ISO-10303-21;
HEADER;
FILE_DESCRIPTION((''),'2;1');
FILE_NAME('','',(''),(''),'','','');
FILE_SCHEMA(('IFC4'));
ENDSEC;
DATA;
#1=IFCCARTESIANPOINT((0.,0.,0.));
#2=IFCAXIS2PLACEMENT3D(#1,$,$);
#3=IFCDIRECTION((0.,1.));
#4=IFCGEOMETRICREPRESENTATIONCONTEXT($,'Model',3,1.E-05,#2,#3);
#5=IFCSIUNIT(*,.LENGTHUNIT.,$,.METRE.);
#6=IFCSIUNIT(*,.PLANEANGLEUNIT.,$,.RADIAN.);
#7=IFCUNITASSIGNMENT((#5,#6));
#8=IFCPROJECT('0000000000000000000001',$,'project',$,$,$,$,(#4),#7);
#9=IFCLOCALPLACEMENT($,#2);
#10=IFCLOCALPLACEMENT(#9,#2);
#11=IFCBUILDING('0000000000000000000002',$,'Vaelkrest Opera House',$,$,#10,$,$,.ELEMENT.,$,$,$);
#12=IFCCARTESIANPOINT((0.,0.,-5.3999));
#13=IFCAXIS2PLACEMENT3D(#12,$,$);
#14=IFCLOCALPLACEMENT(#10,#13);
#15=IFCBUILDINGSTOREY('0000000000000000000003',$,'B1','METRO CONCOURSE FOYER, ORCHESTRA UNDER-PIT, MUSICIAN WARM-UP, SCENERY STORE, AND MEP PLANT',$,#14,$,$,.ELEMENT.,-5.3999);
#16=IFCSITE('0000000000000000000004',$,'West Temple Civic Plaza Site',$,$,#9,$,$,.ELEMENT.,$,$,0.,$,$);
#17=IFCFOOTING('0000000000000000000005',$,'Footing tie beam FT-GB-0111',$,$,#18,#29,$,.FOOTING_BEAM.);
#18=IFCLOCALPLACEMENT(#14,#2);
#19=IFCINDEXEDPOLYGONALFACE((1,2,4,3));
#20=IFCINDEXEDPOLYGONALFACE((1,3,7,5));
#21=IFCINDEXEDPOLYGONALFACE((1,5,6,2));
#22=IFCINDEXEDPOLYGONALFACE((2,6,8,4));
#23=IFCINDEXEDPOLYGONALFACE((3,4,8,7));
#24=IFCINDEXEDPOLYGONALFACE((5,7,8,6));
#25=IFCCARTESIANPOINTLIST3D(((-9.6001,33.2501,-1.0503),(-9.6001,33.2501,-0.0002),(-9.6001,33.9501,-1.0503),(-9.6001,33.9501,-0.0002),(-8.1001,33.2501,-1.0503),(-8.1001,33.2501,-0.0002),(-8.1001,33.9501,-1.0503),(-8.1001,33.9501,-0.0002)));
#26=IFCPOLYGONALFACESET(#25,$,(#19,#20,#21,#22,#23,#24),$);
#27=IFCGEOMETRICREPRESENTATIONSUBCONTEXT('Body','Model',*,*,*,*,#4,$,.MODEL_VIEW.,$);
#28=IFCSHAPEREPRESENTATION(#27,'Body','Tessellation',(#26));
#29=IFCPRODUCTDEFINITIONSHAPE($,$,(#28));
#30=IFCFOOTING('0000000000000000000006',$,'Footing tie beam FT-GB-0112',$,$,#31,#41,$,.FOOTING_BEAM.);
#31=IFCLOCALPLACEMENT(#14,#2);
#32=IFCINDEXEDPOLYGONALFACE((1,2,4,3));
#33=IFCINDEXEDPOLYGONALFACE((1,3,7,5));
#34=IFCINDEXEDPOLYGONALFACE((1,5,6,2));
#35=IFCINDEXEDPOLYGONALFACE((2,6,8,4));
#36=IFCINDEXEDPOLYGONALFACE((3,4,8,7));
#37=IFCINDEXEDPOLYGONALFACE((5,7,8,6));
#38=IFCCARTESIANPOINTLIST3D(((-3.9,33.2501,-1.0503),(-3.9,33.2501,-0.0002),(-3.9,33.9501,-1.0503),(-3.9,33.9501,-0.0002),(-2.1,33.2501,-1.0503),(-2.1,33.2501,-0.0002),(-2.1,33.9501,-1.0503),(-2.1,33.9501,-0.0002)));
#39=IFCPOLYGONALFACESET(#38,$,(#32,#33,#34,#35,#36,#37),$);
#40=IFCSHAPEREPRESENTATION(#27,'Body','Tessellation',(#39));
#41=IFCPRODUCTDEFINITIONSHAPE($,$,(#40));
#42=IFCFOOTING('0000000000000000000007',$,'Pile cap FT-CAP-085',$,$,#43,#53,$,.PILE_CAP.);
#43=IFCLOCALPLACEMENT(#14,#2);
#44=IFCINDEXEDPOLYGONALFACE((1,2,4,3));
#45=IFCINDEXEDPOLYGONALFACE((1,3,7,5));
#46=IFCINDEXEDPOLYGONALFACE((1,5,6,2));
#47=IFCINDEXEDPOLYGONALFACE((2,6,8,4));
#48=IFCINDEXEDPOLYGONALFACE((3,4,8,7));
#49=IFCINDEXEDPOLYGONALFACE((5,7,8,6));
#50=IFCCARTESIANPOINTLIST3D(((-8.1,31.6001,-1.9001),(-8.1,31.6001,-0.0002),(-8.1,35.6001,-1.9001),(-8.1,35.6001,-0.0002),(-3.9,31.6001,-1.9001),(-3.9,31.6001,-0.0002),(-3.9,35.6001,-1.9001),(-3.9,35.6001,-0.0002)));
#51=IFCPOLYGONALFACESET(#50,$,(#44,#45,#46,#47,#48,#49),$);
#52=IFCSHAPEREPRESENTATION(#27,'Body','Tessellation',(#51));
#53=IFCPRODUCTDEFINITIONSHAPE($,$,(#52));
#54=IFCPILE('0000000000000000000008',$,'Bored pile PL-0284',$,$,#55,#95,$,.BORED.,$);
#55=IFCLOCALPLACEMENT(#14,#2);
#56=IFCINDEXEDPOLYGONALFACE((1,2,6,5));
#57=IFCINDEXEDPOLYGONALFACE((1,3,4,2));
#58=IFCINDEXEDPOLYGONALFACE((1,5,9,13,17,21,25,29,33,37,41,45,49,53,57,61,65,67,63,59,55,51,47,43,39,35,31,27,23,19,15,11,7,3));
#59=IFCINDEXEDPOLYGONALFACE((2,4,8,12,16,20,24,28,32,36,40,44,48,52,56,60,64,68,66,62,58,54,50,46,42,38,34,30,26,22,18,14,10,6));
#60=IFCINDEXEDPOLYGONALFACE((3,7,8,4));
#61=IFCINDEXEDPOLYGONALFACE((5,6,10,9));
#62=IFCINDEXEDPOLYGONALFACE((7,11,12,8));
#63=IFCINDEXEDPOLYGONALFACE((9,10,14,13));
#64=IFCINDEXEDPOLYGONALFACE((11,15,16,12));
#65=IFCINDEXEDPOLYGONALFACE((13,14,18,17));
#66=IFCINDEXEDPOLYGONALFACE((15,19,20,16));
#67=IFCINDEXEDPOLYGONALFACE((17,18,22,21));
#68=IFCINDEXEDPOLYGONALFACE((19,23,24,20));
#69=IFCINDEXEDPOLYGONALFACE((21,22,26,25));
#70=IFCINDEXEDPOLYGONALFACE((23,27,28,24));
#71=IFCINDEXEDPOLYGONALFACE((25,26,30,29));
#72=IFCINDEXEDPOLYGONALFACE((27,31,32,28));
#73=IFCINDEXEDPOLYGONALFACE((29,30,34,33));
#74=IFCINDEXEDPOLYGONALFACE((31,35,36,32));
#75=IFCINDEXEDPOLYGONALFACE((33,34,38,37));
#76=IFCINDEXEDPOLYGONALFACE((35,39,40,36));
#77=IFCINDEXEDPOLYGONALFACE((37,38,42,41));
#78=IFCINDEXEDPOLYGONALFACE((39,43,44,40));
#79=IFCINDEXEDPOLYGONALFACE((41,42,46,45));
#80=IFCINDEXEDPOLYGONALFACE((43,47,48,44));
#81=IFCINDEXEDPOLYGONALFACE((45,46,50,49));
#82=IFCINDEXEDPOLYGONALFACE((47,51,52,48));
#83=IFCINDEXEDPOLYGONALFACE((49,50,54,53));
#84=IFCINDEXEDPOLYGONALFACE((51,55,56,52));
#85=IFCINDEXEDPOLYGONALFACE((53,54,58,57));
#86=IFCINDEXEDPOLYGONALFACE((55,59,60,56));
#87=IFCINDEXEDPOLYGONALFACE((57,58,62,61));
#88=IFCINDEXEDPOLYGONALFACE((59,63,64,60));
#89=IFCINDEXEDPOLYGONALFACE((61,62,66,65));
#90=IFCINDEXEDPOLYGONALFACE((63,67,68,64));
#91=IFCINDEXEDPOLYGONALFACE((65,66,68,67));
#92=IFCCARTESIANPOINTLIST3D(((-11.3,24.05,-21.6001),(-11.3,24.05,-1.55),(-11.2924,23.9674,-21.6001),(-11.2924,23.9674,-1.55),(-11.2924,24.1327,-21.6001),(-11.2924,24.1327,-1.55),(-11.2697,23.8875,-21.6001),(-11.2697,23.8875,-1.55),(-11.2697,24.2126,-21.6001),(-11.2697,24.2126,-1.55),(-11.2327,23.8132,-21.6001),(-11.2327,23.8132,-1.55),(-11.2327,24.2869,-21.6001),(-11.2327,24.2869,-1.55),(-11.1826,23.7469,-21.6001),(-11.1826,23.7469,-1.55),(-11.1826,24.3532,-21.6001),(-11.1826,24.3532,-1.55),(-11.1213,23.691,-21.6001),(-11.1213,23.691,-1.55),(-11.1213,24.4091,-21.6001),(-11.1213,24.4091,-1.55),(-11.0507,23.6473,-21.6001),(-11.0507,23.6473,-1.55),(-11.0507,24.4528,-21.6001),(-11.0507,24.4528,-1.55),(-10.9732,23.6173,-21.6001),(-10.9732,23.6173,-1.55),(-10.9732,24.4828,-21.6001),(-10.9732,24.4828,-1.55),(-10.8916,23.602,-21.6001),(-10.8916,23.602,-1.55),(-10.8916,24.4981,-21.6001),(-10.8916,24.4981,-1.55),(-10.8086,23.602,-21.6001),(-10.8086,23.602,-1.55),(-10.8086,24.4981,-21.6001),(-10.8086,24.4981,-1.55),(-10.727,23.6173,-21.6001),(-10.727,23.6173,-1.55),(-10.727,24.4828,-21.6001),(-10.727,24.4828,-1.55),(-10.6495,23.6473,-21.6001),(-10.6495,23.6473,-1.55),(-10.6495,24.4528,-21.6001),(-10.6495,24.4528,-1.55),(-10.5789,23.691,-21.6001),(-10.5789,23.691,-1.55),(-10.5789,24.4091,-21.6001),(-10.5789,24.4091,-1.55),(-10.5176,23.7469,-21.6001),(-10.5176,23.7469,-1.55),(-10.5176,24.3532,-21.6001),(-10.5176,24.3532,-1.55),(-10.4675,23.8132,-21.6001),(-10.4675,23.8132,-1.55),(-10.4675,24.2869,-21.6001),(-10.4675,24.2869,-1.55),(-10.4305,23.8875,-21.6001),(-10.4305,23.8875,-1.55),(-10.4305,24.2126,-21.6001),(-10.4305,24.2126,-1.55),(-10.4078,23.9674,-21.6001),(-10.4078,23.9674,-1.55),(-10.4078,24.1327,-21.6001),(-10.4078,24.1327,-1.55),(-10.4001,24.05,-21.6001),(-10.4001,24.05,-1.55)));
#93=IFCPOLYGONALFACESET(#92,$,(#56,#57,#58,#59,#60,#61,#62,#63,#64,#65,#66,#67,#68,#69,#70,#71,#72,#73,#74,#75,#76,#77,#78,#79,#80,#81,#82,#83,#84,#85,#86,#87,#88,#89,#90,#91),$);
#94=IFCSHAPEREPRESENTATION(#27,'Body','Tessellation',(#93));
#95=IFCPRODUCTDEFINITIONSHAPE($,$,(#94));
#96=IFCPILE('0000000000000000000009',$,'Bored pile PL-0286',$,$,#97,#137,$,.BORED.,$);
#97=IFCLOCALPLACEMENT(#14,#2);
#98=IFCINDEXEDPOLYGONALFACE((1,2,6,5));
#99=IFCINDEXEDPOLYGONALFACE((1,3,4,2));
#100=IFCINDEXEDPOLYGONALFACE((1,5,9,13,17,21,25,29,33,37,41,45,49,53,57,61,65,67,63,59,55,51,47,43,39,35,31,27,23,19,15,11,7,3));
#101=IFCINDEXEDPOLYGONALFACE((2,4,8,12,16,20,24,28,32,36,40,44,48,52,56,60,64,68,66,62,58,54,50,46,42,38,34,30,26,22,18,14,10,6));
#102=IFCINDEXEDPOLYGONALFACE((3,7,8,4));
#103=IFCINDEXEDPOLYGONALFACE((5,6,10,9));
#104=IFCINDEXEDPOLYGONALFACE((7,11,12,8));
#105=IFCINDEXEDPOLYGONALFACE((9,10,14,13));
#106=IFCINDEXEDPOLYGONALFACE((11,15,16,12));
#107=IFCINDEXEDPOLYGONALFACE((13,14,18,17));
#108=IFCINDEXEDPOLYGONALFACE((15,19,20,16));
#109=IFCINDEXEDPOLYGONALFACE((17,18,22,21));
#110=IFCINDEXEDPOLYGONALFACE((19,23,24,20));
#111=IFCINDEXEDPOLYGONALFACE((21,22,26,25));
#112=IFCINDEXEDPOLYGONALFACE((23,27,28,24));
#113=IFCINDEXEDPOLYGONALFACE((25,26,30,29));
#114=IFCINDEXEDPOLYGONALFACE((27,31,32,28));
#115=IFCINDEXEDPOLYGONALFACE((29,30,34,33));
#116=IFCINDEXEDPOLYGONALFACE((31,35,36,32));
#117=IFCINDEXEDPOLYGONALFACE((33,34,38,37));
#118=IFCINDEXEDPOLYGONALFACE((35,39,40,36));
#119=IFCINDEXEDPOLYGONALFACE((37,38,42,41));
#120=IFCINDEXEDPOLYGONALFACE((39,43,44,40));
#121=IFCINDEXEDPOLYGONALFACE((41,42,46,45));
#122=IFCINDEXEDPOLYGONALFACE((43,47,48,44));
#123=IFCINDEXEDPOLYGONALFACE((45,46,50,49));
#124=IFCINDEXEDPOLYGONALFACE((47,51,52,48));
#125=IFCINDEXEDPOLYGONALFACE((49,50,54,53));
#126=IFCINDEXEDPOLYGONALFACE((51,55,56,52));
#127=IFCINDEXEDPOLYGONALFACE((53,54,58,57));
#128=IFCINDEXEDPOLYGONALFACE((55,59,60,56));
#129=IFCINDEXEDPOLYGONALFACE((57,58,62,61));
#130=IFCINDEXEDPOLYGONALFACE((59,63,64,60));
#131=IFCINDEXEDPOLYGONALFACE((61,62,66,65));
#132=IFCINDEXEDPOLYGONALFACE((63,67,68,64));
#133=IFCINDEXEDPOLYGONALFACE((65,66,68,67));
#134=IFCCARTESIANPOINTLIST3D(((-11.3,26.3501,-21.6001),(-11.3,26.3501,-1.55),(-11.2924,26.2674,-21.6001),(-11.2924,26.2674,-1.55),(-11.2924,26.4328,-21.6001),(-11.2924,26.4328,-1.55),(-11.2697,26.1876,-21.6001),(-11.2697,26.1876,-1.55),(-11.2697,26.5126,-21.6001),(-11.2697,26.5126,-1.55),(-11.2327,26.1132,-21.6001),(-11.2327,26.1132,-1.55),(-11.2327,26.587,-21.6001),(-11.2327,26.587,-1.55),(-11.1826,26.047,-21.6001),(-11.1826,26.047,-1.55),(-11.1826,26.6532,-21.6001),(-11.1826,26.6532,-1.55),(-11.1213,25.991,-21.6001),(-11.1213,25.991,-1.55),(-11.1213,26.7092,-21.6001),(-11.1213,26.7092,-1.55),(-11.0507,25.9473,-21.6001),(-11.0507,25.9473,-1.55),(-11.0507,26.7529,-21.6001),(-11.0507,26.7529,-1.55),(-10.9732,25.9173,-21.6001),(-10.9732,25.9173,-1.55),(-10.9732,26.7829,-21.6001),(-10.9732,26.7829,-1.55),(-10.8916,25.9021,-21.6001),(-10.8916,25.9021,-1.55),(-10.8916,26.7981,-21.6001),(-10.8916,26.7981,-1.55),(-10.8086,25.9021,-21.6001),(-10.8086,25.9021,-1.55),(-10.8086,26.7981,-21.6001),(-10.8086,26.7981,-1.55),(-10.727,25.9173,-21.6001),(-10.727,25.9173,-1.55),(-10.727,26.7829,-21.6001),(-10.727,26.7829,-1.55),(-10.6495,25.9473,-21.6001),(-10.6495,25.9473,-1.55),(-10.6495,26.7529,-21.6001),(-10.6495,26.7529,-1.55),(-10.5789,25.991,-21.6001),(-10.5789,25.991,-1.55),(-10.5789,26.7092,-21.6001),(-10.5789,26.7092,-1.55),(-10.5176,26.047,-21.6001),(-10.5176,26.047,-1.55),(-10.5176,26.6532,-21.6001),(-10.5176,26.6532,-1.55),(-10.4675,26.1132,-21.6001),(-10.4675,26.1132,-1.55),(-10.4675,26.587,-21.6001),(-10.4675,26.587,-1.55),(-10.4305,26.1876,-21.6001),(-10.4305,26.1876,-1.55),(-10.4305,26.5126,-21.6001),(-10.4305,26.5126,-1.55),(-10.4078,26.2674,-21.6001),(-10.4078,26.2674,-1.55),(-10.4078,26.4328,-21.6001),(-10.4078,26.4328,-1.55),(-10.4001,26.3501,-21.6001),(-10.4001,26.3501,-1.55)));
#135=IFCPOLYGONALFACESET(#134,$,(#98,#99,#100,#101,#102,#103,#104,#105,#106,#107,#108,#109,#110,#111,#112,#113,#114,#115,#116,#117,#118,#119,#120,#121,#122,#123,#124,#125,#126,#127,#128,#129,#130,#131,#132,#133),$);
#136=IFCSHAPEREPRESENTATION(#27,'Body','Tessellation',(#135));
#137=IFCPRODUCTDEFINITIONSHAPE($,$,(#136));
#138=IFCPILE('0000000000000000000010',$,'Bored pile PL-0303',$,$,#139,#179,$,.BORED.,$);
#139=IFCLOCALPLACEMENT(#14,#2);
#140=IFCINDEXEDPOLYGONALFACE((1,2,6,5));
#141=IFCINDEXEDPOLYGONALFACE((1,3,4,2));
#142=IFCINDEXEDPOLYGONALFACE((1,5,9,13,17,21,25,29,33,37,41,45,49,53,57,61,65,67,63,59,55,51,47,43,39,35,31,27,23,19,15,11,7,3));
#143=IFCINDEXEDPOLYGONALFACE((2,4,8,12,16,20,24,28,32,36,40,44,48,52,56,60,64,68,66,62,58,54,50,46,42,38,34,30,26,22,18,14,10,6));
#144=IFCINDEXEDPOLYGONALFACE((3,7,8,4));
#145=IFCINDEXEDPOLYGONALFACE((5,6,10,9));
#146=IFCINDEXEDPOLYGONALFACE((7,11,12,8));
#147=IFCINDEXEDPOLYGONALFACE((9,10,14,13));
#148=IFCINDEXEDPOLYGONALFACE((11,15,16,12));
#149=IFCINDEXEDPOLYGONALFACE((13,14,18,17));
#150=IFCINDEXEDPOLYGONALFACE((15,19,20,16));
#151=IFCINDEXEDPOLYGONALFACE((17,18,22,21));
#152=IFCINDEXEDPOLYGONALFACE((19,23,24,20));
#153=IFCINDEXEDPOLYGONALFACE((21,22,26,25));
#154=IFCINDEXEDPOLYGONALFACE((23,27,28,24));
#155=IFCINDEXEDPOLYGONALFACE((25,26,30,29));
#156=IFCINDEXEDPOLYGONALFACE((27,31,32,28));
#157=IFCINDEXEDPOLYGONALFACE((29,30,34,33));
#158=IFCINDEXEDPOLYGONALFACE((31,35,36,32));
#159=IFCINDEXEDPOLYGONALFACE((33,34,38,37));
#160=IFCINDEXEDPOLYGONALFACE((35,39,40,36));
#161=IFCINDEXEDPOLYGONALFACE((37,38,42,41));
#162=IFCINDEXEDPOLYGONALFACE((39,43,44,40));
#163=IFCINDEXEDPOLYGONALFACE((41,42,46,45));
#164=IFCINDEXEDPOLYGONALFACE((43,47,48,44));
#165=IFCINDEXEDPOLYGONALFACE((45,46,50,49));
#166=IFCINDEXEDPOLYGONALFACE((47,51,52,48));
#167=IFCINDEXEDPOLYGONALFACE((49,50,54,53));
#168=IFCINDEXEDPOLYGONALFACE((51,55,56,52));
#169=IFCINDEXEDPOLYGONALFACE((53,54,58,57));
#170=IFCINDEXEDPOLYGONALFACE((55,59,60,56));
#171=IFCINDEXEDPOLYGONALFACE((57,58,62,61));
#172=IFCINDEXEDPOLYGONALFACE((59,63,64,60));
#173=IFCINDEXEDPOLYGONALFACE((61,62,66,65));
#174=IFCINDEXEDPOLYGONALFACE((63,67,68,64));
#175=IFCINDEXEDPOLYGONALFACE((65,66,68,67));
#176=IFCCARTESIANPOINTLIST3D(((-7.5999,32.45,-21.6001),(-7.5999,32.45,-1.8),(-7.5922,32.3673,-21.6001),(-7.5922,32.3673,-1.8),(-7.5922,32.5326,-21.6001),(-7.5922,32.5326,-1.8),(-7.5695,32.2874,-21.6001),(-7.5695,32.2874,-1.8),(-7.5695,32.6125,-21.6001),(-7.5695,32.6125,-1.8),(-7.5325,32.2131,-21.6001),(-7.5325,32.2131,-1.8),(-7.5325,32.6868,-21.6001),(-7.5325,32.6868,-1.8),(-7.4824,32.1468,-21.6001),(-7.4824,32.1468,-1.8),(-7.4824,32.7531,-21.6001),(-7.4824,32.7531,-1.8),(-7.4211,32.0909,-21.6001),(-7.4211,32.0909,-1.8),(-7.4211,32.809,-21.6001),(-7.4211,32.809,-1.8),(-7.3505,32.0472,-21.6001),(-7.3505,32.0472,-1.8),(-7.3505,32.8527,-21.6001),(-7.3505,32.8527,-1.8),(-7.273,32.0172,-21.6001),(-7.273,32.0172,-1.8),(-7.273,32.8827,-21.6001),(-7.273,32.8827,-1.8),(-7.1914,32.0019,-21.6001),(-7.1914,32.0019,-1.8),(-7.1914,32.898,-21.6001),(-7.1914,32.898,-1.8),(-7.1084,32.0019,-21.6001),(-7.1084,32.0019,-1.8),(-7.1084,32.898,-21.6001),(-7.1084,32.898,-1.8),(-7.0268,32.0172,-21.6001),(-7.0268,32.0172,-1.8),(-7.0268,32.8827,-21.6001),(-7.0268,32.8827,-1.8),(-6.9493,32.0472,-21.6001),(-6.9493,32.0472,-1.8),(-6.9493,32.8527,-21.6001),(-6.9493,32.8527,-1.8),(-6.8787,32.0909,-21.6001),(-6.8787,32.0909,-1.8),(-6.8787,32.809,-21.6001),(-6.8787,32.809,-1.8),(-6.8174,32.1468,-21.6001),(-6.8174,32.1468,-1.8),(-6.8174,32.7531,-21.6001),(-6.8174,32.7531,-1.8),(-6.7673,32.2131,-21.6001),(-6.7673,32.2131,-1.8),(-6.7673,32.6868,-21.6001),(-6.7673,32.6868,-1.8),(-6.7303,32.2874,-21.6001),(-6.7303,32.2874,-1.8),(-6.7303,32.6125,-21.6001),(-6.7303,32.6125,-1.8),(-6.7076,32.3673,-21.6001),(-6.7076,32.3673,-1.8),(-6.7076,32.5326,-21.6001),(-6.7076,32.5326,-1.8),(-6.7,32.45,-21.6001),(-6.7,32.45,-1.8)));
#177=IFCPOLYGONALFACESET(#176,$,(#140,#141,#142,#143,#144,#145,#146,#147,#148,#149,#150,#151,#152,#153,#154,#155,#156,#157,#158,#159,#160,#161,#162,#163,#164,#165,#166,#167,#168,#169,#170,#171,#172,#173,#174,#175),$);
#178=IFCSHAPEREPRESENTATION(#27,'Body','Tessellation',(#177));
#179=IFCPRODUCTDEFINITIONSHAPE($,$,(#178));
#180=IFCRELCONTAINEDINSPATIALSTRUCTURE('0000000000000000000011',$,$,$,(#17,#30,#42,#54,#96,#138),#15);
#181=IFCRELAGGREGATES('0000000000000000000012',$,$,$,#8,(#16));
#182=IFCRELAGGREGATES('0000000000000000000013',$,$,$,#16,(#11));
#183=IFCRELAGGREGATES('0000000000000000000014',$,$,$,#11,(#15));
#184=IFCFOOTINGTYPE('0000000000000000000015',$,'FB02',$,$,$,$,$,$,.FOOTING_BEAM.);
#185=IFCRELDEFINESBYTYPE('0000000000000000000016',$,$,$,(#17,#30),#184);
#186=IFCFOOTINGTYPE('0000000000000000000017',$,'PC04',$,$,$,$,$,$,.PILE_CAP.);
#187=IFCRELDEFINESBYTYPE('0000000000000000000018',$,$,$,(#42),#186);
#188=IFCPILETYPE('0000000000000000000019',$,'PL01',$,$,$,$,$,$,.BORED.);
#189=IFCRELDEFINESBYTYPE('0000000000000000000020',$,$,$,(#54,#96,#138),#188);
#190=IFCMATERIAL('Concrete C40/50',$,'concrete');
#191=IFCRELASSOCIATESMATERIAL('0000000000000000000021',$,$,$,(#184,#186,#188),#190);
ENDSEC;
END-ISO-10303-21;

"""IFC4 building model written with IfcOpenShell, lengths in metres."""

from ifc_helpers import new_model, si_unit, direction, frame, origin, origin_2d, place, context, subcontext, project, spatial, rectangle, circle, extrude, material, material_profile, profile_set, type_object, element, save


model = new_model("IFC4")

# Units and contexts
model_context = context("Model", 3, precision=1e-05, world=origin(), true_north=direction((0.0, 1.0)))
body_context = subcontext(model_context, "Body", "Model", "MODEL_VIEW")
ifc_project = project(units=[si_unit("LENGTHUNIT", "METRE"), si_unit("PLANEANGLEUNIT", "RADIAN")], contexts=[model_context])

# Site, building, storey
site_placement = place(None, origin())
site = spatial("IfcSite", under=ifc_project, at=site_placement, Name="West Temple Civic Plaza Site", CompositionType="ELEMENT", RefElevation=0.0)
building_placement = place(site_placement, origin())
building = spatial("IfcBuilding", under=site, at=building_placement, Name="Vaelkrest Opera House", CompositionType="ELEMENT")
storey_placement = place(building_placement, frame((0.0, 0.0, -5.3999)))
storey = spatial("IfcBuildingStorey", under=building, at=storey_placement, Name="B1", Description="METRO CONCOURSE FOYER, ORCHESTRA UNDER-PIT, MUSICIAN WARM-UP, SCENERY STORE, AND MEP PLANT", CompositionType="ELEMENT", Elevation=-5.3999)

# Footings
ifc_material_1 = material(Name="Concrete C40/50", Category="concrete")
footing_type_1 = type_object("IfcFootingType", Name="FB02", PredefinedType="FOOTING_BEAM", material=ifc_material_1)
footing_1_placement = place(storey_placement, frame((-8.8501, 33.6001, -1.0503), z_axis=(0.0, 0.0, 1.0), x_axis=(1.0, 0.0, 0.0)))
element("IfcFooting", 1, at=footing_1_placement, inside=storey, type_object=footing_type_1, Name="Footing tie beam FT-GB-0111", PredefinedType="FOOTING_BEAM", context=body_context, shape_type="SweptSolid", body=[
    extrude(rectangle(XDim=1.5, YDim=0.7, at=origin_2d()), origin(), (0.0, 0.0, 1.0), 1.05),
])
footing_2_placement = place(storey_placement, frame((-3.0, 33.6001, -1.0503), z_axis=(0.0, 0.0, 1.0), x_axis=(1.0, 0.0, 0.0)))
element("IfcFooting", 2, at=footing_2_placement, inside=storey, type_object=footing_type_1, Name="Footing tie beam FT-GB-0112", PredefinedType="FOOTING_BEAM", context=body_context, shape_type="SweptSolid", body=[
    extrude(rectangle(XDim=1.8, YDim=0.7, at=origin_2d()), origin(), (0.0, 0.0, 1.0), 1.05),
])
footing_type_2 = type_object("IfcFootingType", Name="PC04", PredefinedType="PILE_CAP", material=ifc_material_1)
footing_3_placement = place(storey_placement, frame((-6.0, 33.6001, -1.9001), z_axis=(0.0, 0.0, 1.0), x_axis=(1.0, 0.0, 0.0)))
element("IfcFooting", 3, at=footing_3_placement, inside=storey, type_object=footing_type_2, Name="Pile cap FT-CAP-085", PredefinedType="PILE_CAP", context=body_context, shape_type="SweptSolid", body=[
    extrude(rectangle(XDim=4.2, YDim=4.0, at=origin_2d()), origin(), (0.0, 0.0, 1.0), 1.8999),
])

# Piles
ifc_material_profile_1 = material_profile(ifc_material_1, circle(Radius=0.45, at=origin_2d()), Name="PILE900")
ifc_profile_set_1 = profile_set([ifc_material_profile_1], Name="Concrete C40/50")
pile_type_1 = type_object("IfcPileType", Name="PL01", PredefinedType="BORED", material=ifc_profile_set_1)
for number, where, z_axis, x_axis, name in (
    (4, (-10.8501, 24.05, -1.55), (0.0, 0.0, -1.0), (1.0, 0.0, 0.0), "Bored pile PL-0284"),
    (5, (-10.8501, 26.3501, -1.55), (0.0, 0.0, -1.0), (1.0, 0.0, 0.0), "Bored pile PL-0286"),
):
    element("IfcPile", number, at=place(storey_placement, frame(where, z_axis=z_axis, x_axis=x_axis)), inside=storey, type_object=pile_type_1, Name=name, PredefinedType="BORED", context=body_context, shape_type="SweptSolid", body=[
        extrude(circle(Radius=0.45, at=origin_2d()), origin(), (0.0, 0.0, 1.0), 20.05),
    ])
for number, where, z_axis, x_axis, name in (
    (6, (-7.1499, 32.45, -1.8), (0.0, 0.0, -1.0), (1.0, 0.0, 0.0), "Bored pile PL-0303"),
):
    element("IfcPile", number, at=place(storey_placement, frame(where, z_axis=z_axis, x_axis=x_axis)), inside=storey, type_object=pile_type_1, Name=name, PredefinedType="BORED", context=body_context, shape_type="SweptSolid", body=[
        extrude(circle(Radius=0.45, at=origin_2d()), origin(), (0.0, 0.0, 1.0), 19.8),
    ])

save(model, "model.ifc")
